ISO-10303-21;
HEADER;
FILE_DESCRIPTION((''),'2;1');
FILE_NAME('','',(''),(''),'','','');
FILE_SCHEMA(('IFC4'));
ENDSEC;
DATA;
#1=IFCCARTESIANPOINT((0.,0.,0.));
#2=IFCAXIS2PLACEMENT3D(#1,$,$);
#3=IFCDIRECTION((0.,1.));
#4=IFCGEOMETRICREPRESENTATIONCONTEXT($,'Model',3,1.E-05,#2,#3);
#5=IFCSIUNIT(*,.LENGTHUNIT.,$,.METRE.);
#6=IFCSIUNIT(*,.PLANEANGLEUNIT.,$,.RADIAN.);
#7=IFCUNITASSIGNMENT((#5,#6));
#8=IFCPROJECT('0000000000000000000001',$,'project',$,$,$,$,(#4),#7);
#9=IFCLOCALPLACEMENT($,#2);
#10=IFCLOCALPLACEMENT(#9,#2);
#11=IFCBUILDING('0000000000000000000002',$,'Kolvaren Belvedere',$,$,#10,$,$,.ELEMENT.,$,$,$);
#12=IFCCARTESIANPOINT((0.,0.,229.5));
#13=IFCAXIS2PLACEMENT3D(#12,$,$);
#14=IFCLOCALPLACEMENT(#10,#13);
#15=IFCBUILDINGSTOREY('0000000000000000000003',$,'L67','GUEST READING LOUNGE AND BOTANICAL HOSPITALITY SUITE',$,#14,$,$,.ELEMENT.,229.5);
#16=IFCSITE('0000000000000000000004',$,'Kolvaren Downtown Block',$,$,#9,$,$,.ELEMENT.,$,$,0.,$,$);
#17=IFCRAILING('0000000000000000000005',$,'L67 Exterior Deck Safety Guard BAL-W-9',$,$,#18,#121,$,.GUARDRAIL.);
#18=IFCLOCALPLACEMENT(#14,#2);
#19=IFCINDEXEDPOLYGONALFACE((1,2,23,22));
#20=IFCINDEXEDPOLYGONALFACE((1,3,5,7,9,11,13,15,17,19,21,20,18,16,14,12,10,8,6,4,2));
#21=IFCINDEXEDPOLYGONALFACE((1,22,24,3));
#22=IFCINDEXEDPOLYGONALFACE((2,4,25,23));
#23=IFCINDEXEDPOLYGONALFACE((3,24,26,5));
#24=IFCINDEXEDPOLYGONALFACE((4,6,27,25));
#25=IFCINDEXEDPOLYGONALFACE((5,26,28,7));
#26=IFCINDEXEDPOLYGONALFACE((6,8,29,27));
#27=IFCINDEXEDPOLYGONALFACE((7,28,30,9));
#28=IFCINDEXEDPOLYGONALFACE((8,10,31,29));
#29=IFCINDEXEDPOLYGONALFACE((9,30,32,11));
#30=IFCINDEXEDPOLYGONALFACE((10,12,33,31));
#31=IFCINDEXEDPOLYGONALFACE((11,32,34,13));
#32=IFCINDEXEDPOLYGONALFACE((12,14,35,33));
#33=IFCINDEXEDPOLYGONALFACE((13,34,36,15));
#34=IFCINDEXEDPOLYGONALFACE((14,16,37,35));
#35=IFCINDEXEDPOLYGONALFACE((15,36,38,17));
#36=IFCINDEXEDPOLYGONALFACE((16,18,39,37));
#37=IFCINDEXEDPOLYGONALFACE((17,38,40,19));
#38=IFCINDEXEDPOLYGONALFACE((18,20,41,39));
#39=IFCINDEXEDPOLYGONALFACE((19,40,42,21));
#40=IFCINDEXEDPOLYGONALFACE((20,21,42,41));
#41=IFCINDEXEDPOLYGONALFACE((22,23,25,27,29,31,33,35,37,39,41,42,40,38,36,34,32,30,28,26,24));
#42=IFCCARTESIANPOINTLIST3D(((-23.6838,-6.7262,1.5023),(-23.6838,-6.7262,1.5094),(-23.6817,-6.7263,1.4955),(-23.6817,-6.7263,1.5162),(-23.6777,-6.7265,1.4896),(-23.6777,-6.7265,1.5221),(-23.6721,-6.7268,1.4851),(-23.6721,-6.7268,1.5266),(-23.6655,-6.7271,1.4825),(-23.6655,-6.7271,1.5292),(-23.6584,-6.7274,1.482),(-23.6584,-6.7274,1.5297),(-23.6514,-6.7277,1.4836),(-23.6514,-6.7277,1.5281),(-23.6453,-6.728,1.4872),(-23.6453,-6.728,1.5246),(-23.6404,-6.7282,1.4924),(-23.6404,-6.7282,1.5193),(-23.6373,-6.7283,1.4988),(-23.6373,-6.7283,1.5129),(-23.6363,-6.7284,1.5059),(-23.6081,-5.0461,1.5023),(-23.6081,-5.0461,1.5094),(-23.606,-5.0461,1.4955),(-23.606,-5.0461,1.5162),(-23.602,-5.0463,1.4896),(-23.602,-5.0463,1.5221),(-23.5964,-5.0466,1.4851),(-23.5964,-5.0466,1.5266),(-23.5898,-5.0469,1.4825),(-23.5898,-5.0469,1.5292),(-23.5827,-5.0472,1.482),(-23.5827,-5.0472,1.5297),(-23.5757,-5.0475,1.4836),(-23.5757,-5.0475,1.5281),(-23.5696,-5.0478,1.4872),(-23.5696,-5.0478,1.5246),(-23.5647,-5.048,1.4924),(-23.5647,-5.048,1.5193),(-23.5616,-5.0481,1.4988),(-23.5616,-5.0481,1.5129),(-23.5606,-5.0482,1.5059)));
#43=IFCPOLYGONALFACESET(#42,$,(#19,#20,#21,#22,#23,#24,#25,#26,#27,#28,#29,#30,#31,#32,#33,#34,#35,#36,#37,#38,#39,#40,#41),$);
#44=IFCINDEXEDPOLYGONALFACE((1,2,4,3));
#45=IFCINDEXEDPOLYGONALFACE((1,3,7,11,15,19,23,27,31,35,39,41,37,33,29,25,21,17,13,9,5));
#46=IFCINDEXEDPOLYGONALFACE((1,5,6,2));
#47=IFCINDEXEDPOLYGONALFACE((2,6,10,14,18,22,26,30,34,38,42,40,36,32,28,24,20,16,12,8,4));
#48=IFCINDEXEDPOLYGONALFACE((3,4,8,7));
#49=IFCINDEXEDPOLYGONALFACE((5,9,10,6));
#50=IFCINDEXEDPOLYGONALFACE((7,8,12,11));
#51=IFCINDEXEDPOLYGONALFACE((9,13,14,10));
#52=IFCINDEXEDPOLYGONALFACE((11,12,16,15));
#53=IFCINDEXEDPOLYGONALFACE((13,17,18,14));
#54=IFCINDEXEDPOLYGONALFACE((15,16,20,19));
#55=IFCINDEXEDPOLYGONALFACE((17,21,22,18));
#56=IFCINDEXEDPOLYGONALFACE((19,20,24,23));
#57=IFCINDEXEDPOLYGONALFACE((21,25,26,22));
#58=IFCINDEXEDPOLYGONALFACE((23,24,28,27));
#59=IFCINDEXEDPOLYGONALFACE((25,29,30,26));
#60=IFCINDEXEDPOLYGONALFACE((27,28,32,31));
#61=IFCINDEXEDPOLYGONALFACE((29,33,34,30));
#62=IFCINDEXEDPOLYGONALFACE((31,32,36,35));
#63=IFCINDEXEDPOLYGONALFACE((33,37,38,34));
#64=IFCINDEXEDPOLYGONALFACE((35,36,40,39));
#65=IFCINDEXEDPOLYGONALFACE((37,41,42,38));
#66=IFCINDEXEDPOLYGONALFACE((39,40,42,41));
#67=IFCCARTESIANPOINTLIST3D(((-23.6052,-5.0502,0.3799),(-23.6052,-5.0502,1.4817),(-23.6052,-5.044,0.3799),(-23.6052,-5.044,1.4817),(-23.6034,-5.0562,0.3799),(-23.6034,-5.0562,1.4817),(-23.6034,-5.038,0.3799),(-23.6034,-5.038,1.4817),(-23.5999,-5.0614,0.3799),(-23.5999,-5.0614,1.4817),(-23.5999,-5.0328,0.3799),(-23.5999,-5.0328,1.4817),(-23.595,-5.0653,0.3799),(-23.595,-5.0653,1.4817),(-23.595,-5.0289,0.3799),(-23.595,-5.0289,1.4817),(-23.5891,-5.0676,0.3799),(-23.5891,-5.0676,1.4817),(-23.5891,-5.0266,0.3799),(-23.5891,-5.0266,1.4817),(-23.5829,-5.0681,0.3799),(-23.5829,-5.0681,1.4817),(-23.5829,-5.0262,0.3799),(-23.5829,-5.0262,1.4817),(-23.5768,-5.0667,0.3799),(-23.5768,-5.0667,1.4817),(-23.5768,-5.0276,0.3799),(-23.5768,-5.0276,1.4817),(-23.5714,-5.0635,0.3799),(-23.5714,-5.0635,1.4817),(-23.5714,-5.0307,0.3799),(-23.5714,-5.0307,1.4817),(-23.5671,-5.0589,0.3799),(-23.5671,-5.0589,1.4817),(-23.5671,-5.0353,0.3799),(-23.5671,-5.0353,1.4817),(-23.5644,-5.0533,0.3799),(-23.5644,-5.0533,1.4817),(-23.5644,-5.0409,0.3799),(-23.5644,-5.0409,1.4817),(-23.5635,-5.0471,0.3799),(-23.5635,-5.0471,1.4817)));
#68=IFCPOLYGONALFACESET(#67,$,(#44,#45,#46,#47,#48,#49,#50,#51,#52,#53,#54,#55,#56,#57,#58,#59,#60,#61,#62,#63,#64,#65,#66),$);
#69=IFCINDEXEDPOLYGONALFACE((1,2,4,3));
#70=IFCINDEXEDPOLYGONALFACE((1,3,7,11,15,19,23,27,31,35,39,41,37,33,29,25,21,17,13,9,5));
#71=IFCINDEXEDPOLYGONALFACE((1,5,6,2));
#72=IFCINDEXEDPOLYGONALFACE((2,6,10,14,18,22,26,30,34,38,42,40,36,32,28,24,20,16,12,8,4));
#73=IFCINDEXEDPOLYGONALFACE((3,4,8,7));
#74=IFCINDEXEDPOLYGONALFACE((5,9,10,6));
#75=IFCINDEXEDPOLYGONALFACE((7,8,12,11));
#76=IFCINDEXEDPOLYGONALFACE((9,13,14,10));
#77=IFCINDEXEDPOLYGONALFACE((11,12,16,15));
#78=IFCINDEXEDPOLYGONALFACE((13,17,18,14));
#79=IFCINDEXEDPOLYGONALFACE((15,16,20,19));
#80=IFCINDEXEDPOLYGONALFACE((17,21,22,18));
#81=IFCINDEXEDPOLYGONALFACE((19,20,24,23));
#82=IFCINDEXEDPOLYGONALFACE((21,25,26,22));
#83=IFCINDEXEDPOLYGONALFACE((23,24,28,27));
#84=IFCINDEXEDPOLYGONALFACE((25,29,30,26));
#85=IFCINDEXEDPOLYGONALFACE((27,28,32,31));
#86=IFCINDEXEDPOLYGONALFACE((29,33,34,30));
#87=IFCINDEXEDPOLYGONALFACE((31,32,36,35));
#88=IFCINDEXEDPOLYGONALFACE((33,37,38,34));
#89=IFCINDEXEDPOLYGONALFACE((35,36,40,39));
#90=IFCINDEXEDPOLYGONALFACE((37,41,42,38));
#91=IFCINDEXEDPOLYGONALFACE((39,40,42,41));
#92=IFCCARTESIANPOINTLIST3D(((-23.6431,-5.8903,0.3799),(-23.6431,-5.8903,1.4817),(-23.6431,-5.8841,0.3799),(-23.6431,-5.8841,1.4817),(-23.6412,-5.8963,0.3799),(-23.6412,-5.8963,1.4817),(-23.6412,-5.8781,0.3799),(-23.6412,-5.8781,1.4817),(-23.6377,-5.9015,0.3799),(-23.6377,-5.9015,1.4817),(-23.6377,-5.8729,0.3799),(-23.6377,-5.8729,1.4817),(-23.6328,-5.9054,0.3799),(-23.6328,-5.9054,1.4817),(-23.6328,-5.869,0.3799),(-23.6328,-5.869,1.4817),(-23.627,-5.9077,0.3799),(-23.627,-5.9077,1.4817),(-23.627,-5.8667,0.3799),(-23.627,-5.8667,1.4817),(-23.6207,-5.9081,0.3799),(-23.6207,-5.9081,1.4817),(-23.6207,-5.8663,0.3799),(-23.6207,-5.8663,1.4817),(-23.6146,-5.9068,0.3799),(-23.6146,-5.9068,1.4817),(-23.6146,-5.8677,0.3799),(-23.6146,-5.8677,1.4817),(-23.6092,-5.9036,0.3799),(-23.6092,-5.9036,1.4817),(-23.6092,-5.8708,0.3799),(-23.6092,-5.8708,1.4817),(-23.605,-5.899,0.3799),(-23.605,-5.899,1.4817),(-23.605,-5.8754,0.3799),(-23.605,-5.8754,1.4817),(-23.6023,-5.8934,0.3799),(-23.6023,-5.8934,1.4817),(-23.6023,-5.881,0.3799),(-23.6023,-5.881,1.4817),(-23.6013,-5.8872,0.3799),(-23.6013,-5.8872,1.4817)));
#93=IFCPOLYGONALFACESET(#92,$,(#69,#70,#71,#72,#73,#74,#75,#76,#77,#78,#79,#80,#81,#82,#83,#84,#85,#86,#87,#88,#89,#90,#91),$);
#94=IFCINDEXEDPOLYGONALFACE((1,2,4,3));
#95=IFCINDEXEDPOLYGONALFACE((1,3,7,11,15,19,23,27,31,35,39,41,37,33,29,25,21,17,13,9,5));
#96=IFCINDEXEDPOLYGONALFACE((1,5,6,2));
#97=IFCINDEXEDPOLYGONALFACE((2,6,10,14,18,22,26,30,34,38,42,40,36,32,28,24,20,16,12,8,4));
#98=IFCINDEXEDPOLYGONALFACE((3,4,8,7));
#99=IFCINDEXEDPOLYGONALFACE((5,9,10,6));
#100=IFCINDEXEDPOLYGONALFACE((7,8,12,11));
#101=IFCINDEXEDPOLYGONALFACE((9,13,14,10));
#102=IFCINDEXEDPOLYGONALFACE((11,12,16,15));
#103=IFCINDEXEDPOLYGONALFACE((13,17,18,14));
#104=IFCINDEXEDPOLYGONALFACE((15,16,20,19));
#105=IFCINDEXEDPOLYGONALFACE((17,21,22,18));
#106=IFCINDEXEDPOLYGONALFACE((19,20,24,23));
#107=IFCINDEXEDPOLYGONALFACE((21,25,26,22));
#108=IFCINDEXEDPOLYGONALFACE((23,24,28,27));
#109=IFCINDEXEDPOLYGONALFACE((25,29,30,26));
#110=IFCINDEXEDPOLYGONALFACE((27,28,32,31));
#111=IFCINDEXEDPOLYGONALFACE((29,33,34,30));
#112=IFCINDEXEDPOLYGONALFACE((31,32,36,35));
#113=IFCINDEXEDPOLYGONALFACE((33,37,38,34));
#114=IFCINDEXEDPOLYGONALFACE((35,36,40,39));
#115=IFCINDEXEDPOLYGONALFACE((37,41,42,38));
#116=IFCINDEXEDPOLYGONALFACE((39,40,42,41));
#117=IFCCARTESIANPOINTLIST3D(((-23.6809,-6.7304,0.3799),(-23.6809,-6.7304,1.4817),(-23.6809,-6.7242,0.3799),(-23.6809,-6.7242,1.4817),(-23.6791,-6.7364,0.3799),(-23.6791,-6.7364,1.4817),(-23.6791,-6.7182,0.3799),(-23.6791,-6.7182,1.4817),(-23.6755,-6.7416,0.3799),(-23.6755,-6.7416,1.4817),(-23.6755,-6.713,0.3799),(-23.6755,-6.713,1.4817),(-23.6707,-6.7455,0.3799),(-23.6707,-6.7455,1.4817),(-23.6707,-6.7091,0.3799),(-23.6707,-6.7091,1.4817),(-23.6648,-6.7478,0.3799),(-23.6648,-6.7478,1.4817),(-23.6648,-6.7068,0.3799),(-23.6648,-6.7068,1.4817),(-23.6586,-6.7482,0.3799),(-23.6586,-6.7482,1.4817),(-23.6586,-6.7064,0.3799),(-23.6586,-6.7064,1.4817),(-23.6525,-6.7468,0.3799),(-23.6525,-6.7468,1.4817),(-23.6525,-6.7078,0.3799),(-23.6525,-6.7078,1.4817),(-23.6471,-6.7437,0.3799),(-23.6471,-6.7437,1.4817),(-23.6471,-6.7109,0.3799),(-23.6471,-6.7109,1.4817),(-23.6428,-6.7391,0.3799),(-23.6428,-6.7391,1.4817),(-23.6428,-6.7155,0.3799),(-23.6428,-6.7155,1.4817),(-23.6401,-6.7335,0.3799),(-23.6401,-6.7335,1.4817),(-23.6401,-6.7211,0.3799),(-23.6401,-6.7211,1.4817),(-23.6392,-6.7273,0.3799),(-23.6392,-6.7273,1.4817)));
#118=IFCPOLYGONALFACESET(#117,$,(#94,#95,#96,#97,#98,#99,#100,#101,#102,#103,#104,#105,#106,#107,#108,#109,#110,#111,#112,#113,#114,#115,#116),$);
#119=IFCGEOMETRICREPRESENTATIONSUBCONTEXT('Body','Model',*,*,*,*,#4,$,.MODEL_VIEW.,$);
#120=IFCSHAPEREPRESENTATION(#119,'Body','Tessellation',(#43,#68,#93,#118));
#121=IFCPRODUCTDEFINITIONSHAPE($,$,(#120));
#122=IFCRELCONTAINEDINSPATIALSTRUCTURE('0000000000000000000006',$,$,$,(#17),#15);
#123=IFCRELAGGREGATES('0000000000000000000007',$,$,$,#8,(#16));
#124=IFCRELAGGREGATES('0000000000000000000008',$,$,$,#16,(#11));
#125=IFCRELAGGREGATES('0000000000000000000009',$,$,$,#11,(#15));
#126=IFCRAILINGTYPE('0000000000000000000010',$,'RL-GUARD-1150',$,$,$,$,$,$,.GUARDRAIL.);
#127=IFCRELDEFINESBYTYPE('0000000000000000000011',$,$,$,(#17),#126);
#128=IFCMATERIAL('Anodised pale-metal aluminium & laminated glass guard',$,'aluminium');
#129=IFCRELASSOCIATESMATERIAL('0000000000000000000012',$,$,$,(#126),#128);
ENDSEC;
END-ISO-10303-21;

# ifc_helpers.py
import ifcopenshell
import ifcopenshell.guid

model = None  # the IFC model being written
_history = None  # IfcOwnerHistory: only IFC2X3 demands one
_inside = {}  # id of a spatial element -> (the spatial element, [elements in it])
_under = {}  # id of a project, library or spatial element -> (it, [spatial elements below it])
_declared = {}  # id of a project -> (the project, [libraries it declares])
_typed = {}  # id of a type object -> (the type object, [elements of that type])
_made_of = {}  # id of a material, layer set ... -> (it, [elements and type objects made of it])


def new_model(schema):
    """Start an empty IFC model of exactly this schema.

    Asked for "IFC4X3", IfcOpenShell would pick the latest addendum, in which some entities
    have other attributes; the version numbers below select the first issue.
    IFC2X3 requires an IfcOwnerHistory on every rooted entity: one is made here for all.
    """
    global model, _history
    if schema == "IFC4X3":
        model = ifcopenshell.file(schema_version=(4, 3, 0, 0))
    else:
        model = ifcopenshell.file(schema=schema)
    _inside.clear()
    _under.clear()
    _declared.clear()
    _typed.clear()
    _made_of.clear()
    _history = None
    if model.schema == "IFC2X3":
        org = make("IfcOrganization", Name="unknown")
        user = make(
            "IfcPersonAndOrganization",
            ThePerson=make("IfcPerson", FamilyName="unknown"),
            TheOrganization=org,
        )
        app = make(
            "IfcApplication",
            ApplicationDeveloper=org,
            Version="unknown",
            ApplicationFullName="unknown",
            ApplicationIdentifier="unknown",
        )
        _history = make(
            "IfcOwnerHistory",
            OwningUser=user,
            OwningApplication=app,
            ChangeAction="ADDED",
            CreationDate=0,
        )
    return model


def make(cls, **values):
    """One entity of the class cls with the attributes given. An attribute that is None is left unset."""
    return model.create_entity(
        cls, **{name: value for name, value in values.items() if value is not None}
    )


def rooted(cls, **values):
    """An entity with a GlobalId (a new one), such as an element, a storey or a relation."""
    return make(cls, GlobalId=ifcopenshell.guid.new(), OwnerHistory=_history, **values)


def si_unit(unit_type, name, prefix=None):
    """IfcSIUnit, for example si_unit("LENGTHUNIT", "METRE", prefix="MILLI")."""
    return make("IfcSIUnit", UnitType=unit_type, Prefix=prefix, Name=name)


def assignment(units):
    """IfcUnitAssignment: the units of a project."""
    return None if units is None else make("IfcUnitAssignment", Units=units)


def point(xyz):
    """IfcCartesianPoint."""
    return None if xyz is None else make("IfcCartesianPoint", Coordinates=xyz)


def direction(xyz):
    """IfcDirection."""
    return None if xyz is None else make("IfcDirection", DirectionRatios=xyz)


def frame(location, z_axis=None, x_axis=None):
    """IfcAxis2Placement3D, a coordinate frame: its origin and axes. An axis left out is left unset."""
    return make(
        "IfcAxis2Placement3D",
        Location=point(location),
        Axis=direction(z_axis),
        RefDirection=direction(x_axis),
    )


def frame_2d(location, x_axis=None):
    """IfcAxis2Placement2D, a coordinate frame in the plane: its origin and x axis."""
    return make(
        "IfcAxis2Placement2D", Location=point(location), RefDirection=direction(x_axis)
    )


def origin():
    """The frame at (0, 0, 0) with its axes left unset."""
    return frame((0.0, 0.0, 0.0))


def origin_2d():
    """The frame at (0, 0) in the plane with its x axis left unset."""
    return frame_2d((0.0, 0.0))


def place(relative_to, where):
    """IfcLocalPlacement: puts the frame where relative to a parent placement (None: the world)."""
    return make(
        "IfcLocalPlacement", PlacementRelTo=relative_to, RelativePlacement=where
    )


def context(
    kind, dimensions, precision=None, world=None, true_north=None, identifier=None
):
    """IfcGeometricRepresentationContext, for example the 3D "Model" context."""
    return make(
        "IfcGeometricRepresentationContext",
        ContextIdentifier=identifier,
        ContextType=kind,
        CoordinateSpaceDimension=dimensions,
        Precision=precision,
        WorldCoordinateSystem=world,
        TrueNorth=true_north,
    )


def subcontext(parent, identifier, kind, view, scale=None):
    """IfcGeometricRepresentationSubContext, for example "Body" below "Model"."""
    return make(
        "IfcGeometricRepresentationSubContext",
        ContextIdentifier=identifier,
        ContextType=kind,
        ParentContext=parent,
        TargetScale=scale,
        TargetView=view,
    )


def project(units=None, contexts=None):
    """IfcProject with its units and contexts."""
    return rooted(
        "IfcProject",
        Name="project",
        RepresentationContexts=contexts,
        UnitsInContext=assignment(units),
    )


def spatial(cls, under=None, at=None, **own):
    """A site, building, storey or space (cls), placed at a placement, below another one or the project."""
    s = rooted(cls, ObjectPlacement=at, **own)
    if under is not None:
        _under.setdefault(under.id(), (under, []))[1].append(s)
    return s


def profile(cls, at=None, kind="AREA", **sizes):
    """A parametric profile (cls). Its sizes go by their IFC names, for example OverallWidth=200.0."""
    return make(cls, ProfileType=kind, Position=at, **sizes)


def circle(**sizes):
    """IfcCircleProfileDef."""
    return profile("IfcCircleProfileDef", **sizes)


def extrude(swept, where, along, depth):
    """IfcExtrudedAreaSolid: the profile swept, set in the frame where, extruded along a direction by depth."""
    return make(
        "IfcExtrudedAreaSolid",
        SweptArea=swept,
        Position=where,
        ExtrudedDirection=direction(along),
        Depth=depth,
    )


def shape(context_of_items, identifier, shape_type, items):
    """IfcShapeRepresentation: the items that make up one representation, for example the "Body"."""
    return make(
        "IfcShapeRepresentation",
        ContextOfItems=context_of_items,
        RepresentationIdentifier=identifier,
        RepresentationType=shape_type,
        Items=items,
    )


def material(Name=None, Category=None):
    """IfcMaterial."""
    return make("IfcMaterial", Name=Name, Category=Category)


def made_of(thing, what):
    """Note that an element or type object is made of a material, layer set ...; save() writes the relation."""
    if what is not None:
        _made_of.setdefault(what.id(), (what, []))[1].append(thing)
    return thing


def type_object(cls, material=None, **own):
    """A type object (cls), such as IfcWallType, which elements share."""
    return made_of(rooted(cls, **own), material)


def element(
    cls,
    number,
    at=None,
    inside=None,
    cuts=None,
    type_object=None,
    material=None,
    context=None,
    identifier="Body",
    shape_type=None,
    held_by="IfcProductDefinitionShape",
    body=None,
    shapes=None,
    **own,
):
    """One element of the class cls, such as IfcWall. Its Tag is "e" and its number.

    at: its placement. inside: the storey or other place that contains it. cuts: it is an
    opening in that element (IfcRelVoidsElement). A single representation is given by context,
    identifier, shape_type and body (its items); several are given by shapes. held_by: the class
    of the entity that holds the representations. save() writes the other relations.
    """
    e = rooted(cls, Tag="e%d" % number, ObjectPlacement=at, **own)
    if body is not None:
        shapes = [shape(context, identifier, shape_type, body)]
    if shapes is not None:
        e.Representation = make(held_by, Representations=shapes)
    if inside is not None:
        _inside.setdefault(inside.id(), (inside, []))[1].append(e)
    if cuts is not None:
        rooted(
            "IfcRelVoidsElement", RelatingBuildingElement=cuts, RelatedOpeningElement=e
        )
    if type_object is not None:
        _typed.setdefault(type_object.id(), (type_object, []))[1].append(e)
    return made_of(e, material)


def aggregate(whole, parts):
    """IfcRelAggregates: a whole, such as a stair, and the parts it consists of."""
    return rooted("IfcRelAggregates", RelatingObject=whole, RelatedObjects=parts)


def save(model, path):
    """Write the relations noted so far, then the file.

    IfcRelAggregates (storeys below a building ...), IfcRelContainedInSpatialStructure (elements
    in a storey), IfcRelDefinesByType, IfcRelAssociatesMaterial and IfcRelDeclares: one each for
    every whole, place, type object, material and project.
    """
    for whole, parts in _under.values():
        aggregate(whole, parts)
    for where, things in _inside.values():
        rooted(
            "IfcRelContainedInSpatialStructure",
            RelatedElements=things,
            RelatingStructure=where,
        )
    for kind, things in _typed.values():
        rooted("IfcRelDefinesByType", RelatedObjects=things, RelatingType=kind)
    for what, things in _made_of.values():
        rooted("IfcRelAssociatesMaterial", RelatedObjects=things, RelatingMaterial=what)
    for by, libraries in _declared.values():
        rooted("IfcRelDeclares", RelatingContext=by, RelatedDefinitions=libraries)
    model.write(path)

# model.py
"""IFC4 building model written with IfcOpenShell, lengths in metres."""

from ifc_helpers import new_model, si_unit, direction, frame, origin, origin_2d, place, context, subcontext, project, spatial, circle, extrude, material, type_object, element, save


model = new_model("IFC4")

# Units and contexts
model_context = context("Model", 3, precision=1e-05, world=origin(), true_north=direction((0.0, 1.0)))
body_context = subcontext(model_context, "Body", "Model", "MODEL_VIEW")
ifc_project = project(units=[si_unit("LENGTHUNIT", "METRE"), si_unit("PLANEANGLEUNIT", "RADIAN")], contexts=[model_context])

# Site, building, storey
site_placement = place(None, origin())
site = spatial("IfcSite", under=ifc_project, at=site_placement, Name="Kolvaren Downtown Block", CompositionType="ELEMENT", RefElevation=0.0)
building_placement = place(site_placement, origin())
building = spatial("IfcBuilding", under=site, at=building_placement, Name="Kolvaren Belvedere", CompositionType="ELEMENT")
storey_placement = place(building_placement, frame((0.0, 0.0, 229.5)))
storey = spatial("IfcBuildingStorey", under=building, at=storey_placement, Name="L67", Description="GUEST READING LOUNGE AND BOTANICAL HOSPITALITY SUITE", CompositionType="ELEMENT", Elevation=229.5)

# Railing
ifc_material_1 = material(Name="Anodised pale-metal aluminium & laminated glass guard", Category="aluminium")
railing_type = type_object("IfcRailingType", Name="RL-GUARD-1150", PredefinedType="GUARDRAIL", material=ifc_material_1)
railing_1_placement = place(storey_placement, frame((-23.5845, -5.0471, 0.3799)))
element("IfcRailing", 1, at=railing_1_placement, inside=storey, type_object=railing_type, Name="L67 Exterior Deck Safety Guard BAL-W-9", PredefinedType="GUARDRAIL", context=body_context, shape_type="SweptSolid", body=[
    extrude(circle(Radius=0.0239, at=origin_2d()), frame((0.0, 0.0, 1.126), z_axis=(-0.044999, -0.998987, 0.0), x_axis=(0.998987, -0.044999, 0.0)), (0.0, 0.0, 1.0), 1.6819),
    extrude(circle(Radius=0.021, at=origin_2d()), origin(), (0.0, 0.0, 1.0), 1.1018),
    extrude(circle(Radius=0.021, at=origin_2d()), frame((-0.0378, -0.8401, 0.0)), (0.0, 0.0, 1.0), 1.1018),
    extrude(circle(Radius=0.021, at=origin_2d()), frame((-0.0757, -1.6802, 0.0)), (0.0, 0.0, 1.0), 1.1018),
])

save(model, "model.ifc")
